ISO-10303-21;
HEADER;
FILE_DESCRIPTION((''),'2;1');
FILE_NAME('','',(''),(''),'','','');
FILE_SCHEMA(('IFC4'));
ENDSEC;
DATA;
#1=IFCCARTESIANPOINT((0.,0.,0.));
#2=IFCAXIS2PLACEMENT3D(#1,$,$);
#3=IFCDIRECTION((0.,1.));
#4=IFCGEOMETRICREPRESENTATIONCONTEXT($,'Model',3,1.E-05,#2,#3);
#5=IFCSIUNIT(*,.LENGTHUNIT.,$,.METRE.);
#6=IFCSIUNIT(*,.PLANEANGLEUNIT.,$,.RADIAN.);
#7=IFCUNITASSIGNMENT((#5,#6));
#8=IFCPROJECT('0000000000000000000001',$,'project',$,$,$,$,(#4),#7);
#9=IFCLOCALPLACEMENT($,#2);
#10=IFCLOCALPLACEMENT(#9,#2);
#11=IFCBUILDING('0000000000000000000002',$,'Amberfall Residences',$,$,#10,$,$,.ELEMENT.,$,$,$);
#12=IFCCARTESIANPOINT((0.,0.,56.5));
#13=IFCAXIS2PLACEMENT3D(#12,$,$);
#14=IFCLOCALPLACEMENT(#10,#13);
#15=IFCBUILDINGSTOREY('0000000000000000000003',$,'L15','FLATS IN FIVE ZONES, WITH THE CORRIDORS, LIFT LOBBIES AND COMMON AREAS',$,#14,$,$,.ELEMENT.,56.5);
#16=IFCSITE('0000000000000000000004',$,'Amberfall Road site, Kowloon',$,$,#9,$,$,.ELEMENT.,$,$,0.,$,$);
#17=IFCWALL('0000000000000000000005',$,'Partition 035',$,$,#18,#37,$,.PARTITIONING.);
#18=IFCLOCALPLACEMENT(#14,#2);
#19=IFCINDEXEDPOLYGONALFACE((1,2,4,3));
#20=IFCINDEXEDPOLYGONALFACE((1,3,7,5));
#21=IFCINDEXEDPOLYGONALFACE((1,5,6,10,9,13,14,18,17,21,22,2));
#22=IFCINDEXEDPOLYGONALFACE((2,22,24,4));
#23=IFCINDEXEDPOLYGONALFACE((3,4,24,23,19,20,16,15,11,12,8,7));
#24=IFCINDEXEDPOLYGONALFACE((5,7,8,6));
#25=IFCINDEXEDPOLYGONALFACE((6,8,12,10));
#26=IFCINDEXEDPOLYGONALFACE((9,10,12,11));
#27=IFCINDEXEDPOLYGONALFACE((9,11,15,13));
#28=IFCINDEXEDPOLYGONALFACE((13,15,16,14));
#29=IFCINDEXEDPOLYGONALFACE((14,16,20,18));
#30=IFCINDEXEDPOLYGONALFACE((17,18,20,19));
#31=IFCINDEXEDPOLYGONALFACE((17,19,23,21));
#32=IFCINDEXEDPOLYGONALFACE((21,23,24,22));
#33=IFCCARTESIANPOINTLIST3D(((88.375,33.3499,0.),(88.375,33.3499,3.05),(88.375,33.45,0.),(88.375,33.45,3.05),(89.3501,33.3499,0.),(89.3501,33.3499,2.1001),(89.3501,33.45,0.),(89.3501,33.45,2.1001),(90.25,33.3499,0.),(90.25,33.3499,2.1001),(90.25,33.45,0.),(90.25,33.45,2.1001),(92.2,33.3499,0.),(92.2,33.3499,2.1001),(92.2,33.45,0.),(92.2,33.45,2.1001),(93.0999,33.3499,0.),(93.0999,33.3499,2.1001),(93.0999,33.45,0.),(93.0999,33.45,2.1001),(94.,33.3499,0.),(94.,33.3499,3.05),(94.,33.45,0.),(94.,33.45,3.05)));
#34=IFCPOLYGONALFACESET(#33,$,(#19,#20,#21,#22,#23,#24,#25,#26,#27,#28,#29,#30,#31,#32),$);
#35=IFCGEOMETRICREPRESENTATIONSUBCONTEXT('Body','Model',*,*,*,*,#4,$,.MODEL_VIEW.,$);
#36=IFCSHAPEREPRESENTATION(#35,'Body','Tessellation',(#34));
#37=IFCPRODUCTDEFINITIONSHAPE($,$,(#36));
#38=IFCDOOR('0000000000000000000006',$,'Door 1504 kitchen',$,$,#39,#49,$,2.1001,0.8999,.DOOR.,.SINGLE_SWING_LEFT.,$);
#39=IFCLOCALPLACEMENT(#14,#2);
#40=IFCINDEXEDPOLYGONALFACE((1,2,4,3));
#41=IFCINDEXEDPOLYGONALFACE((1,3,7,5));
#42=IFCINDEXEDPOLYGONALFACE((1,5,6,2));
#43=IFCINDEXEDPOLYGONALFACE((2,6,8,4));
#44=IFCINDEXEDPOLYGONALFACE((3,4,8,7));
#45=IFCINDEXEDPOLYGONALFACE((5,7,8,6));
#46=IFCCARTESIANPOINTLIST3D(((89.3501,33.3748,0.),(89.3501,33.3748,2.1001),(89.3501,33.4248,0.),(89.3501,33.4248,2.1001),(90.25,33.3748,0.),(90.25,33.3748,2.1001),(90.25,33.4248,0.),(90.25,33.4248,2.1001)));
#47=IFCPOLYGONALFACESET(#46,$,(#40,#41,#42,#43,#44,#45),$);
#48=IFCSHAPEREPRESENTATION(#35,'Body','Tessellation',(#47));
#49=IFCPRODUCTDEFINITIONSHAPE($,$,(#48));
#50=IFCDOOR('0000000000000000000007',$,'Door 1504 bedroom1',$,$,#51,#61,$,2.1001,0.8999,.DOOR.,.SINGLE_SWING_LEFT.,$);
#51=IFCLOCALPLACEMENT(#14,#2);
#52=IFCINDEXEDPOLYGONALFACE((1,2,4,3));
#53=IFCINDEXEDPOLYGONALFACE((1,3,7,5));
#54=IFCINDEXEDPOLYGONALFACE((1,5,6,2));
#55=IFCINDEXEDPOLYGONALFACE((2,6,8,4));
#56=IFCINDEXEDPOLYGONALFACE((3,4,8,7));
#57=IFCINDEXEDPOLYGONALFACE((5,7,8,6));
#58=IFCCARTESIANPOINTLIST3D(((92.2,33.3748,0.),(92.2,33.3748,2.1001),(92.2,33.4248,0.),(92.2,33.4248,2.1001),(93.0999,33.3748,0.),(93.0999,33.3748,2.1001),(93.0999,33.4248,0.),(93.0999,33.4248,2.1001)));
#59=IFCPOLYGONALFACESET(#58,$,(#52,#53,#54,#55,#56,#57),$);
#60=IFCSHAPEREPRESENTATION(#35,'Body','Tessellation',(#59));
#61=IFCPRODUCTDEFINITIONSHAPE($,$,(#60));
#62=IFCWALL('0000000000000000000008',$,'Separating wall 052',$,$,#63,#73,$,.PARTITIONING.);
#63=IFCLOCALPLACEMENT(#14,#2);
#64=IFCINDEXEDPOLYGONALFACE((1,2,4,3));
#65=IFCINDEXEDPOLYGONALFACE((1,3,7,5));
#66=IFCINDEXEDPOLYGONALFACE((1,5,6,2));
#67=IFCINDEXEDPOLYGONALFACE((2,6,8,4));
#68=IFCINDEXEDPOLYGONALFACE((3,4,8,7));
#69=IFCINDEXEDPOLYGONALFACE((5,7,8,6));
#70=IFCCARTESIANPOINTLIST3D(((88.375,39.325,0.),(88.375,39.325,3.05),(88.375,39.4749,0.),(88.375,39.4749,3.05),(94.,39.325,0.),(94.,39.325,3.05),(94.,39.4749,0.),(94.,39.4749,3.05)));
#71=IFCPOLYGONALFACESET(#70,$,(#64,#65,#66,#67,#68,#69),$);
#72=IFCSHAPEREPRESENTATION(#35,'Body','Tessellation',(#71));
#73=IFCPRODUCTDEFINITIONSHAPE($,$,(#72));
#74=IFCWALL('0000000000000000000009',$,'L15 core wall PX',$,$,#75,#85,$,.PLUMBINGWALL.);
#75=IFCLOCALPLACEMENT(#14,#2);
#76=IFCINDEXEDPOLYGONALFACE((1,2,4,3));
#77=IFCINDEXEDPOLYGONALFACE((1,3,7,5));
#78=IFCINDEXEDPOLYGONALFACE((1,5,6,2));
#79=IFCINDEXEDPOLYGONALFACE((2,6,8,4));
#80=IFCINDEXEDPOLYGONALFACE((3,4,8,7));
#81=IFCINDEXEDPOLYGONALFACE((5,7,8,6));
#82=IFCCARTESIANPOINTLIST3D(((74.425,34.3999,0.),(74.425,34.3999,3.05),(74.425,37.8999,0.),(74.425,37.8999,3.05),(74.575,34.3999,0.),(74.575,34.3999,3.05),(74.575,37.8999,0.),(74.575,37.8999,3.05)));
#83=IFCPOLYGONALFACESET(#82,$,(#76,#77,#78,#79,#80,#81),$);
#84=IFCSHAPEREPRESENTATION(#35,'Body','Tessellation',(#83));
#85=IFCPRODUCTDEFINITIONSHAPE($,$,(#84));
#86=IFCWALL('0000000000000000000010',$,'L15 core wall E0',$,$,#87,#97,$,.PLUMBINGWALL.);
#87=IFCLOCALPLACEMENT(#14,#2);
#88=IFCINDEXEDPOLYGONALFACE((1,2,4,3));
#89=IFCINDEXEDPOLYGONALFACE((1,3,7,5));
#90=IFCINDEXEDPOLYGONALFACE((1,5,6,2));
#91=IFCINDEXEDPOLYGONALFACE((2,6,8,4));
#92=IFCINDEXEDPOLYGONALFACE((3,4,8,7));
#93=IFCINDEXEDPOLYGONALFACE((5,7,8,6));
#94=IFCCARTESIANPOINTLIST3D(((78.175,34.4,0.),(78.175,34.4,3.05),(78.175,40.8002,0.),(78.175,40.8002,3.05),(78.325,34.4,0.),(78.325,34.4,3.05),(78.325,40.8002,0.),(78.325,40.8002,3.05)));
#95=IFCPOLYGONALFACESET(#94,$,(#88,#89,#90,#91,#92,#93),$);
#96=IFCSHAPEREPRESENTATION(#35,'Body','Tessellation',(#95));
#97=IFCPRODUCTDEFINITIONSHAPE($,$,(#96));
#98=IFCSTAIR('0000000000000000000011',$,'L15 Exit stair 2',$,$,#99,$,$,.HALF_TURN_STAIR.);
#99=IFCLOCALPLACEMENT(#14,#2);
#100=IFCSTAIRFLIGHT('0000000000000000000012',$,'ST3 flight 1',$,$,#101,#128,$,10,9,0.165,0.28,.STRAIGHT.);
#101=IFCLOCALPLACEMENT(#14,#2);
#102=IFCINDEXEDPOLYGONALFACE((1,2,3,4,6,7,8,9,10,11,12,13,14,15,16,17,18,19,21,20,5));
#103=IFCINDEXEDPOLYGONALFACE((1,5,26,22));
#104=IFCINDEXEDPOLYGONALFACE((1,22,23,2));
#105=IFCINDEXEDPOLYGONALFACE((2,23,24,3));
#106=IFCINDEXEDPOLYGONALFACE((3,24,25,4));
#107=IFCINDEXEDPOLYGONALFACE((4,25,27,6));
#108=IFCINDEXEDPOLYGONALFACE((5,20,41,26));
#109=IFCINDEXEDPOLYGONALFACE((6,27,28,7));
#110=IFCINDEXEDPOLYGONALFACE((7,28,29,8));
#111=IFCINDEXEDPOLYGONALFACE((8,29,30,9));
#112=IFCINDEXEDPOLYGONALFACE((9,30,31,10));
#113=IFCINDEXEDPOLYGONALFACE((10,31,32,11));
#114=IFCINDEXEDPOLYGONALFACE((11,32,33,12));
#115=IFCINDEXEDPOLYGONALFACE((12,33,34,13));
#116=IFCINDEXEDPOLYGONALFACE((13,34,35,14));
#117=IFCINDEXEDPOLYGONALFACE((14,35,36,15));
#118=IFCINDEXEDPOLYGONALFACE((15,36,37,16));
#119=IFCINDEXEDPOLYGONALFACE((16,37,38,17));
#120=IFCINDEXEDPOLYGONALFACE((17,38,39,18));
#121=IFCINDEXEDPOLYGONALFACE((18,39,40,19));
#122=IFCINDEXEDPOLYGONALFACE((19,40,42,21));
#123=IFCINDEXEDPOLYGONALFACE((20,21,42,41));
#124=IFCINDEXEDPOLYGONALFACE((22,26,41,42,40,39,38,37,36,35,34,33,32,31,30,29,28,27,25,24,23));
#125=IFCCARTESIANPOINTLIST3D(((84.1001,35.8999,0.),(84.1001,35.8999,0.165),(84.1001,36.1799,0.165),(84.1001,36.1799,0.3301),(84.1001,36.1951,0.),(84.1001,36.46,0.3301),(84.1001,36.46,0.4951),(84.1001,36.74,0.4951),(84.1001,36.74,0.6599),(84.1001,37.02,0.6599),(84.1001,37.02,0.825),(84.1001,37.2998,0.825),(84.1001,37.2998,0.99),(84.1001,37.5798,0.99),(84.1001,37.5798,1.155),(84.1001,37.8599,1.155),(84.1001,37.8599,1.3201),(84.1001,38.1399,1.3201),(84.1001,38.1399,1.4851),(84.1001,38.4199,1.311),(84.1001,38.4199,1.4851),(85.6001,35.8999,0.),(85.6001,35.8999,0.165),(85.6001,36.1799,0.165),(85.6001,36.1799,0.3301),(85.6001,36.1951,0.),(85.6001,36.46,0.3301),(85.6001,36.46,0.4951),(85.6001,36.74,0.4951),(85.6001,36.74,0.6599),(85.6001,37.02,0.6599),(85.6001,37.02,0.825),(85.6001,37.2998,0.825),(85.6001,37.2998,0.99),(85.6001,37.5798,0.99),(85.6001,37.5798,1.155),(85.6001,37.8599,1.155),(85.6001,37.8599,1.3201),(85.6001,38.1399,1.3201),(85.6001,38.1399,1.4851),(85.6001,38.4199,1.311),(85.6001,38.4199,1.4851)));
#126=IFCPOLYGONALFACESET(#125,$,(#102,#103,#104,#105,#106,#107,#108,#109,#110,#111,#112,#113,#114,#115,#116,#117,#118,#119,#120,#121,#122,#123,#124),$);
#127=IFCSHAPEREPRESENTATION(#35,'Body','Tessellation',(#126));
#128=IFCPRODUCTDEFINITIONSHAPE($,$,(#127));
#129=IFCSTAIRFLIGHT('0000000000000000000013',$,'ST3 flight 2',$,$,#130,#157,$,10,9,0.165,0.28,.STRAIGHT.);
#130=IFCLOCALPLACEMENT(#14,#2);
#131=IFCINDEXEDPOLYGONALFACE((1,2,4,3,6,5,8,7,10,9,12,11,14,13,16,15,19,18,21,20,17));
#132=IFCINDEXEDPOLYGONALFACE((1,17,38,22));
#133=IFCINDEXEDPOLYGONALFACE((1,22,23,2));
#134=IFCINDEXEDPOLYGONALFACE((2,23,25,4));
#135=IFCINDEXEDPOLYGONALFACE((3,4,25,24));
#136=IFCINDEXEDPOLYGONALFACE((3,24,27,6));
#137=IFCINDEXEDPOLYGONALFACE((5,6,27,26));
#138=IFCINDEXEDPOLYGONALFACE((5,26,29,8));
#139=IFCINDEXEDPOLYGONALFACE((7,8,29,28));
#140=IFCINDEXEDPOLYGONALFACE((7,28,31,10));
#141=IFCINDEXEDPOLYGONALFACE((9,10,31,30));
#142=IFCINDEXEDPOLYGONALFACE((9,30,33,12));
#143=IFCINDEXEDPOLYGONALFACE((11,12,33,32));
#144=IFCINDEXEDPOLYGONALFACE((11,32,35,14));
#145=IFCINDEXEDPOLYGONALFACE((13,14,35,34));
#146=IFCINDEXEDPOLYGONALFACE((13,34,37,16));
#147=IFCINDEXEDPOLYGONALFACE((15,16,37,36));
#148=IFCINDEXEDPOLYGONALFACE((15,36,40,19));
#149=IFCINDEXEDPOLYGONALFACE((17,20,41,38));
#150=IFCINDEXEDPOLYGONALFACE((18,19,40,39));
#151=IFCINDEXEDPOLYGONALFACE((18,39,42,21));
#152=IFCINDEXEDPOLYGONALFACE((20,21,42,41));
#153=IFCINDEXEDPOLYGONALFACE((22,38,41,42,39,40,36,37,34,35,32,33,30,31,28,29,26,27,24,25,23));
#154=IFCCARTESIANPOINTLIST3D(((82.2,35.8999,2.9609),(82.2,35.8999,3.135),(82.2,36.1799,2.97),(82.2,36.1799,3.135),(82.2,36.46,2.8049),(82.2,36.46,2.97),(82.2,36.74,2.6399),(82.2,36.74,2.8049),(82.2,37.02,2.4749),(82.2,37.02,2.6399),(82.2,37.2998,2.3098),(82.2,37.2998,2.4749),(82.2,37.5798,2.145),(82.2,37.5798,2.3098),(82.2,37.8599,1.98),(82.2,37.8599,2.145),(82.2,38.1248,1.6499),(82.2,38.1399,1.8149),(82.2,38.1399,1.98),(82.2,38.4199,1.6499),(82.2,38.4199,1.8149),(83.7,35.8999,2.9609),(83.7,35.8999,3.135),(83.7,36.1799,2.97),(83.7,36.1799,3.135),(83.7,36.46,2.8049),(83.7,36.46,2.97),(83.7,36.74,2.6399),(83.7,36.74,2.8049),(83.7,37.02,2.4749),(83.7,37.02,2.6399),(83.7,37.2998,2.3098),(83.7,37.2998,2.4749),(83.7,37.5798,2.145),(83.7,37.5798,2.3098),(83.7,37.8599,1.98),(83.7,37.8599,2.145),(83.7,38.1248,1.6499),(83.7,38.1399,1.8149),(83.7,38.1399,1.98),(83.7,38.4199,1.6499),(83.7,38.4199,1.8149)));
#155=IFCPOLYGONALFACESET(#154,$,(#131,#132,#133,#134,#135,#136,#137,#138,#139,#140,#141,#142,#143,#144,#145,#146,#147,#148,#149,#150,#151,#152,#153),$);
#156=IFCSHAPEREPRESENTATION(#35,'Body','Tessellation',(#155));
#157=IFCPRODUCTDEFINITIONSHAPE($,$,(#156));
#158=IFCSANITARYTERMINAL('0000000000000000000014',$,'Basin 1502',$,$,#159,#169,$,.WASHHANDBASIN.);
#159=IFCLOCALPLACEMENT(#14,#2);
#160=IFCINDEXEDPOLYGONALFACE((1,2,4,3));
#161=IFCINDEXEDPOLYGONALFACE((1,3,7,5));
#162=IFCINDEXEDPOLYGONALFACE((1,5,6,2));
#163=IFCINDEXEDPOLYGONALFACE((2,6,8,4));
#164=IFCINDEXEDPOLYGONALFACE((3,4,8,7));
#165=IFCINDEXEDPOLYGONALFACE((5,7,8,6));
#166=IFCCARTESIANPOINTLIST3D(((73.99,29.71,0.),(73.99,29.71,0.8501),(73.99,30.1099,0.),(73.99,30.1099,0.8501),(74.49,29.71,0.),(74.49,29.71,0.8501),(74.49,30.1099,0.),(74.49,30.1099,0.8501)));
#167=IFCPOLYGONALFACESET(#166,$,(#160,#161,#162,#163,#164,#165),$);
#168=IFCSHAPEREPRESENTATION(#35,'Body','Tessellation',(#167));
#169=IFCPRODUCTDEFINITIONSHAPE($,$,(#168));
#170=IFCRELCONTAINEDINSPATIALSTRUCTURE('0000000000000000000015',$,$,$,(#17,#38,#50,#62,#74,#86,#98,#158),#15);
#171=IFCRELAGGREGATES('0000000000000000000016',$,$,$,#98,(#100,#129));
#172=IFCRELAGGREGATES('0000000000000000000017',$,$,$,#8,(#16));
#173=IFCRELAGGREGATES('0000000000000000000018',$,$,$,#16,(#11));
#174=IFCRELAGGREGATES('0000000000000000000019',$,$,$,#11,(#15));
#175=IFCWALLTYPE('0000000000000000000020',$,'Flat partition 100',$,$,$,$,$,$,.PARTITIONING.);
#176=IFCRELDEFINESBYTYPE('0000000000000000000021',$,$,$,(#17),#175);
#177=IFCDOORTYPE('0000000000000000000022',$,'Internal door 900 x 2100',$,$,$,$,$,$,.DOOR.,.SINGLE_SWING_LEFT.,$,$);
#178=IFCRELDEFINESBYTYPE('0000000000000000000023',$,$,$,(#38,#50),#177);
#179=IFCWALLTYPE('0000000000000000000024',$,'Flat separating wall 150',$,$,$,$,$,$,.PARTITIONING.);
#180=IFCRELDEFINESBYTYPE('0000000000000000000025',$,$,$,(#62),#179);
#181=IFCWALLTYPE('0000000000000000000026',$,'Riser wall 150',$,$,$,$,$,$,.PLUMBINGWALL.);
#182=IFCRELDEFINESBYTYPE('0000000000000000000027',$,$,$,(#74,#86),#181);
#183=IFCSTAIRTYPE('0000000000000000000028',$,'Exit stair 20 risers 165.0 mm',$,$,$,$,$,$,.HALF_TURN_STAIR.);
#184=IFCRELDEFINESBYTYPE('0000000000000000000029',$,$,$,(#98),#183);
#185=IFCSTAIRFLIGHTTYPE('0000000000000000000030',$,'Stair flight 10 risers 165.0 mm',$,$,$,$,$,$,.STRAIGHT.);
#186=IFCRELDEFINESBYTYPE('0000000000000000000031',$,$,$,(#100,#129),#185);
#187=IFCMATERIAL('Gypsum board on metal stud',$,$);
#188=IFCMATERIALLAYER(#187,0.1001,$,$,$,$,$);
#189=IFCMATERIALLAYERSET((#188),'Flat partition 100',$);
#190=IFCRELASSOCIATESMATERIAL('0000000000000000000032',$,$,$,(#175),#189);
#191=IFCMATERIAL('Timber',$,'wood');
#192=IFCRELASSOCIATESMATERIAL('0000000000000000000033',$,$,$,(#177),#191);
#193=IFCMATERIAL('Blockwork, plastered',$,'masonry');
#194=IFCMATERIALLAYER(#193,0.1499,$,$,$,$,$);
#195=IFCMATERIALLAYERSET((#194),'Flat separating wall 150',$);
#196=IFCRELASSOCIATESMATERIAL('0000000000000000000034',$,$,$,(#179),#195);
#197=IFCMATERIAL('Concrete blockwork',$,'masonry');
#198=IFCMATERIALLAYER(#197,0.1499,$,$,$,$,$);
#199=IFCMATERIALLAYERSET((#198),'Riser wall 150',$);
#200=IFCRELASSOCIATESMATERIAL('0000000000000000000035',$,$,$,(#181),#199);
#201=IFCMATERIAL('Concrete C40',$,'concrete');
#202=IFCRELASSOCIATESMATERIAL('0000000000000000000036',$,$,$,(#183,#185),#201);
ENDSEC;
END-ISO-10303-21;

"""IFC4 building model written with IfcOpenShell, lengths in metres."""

from ifc_helpers import new_model, si_unit, direction, frame, frame_2d, origin, origin_2d, place, context, subcontext, project, spatial, polyline, rectangle, outline, extrude, material, layer, layer_set, type_object, element, fill, aggregate, save


model = new_model("IFC4")

# Units and contexts
model_context = context("Model", 3, precision=1e-05, world=origin(), true_north=direction((0.0, 1.0)))
body_context = subcontext(model_context, "Body", "Model", "MODEL_VIEW")
ifc_project = project(units=[si_unit("LENGTHUNIT", "METRE"), si_unit("PLANEANGLEUNIT", "RADIAN")], contexts=[model_context])

# Site, building, storey
site_placement = place(None, origin())
site = spatial("IfcSite", under=ifc_project, at=site_placement, Name="Amberfall Road site, Kowloon", CompositionType="ELEMENT", RefElevation=0.0)
building_placement = place(site_placement, origin())
building = spatial("IfcBuilding", under=site, at=building_placement, Name="Amberfall Residences", CompositionType="ELEMENT")
storey_placement = place(building_placement, frame((0.0, 0.0, 56.5)))
storey = spatial("IfcBuildingStorey", under=building, at=storey_placement, Name="L15", Description="FLATS IN FIVE ZONES, WITH THE CORRIDORS, LIFT LOBBIES AND COMMON AREAS", CompositionType="ELEMENT", Elevation=56.5)

# Shared definitions
ifc_material_1 = material(Name="Gypsum board on metal stud")
ifc_layer_1 = layer(ifc_material_1, 0.1001)
ifc_layer_set_1 = layer_set([ifc_layer_1], Name="Flat partition 100")
wall_type_1 = type_object("IfcWallType", Name="Flat partition 100", PredefinedType="PARTITIONING", material=ifc_layer_set_1)
ifc_material_2 = material(Name="Timber", Category="wood")
door_type_1 = type_object("IfcDoorType", Name="Internal door 900 x 2100", OperationType="SINGLE_SWING_LEFT", PredefinedType="DOOR", material=ifc_material_2)

# Wall, openings, doors
wall_1_placement = place(storey_placement, frame((88.375, 33.3999, 0.0), z_axis=(0.0, 0.0, 1.0), x_axis=(1.0, 0.0, 0.0)))
wall_1 = element("IfcWall", 1, at=wall_1_placement, inside=storey, type_object=wall_type_1, Name="Partition 035", PredefinedType="PARTITIONING", context=body_context, shape_type="SweptSolid", body=[
    extrude(rectangle(XDim=5.625, YDim=0.1001, at=frame_2d((2.8125, 0.0))), origin(), (0.0, 0.0, 1.0), 3.05),
])
opening_1_placement = place(wall_1_placement, frame((0.9751, 0.0, 0.0)))
opening_1 = element("IfcOpeningElement", 2, at=opening_1_placement, cuts=wall_1, PredefinedType="OPENING", context=body_context, shape_type="SweptSolid", body=[
    extrude(rectangle(XDim=0.8999, YDim=2.1001, at=frame_2d((0.45, 1.05))), frame((0.0, 0.0601, 0.0), z_axis=(0.0, -1.0, 0.0), x_axis=(1.0, 0.0, 0.0)), (0.0, 0.0, 1.0), 0.1201),
])
opening_2_placement = place(wall_1_placement, frame((3.825, 0.0, 0.0)))
opening_2 = element("IfcOpeningElement", 3, at=opening_2_placement, cuts=wall_1, PredefinedType="OPENING", context=body_context, shape_type="SweptSolid", body=[
    extrude(rectangle(XDim=0.8999, YDim=2.1001, at=frame_2d((0.45, 1.05))), frame((0.0, 0.0601, 0.0), z_axis=(0.0, -1.0, 0.0), x_axis=(1.0, 0.0, 0.0)), (0.0, 0.0, 1.0), 0.1201),
])
door_1_placement = place(opening_1_placement, origin())
door_1 = element("IfcDoor", 4, at=door_1_placement, inside=storey, type_object=door_type_1, Name="Door 1504 kitchen", OperationType="SINGLE_SWING_LEFT", OverallHeight=2.1001, OverallWidth=0.8999, PredefinedType="DOOR", context=body_context, shape_type="SweptSolid", body=[
    extrude(rectangle(XDim=0.8999, YDim=2.1001, at=frame_2d((0.45, 1.05))), frame((0.0, 0.0249, 0.0), z_axis=(0.0, -1.0, 0.0), x_axis=(1.0, 0.0, 0.0)), (0.0, 0.0, 1.0), 0.05),
])
fill(opening_1, door_1)
door_2_placement = place(opening_2_placement, origin())
door_2 = element("IfcDoor", 5, at=door_2_placement, inside=storey, type_object=door_type_1, Name="Door 1504 bedroom1", OperationType="SINGLE_SWING_LEFT", OverallHeight=2.1001, OverallWidth=0.8999, PredefinedType="DOOR", context=body_context, shape_type="SweptSolid", body=[
    extrude(rectangle(XDim=0.8999, YDim=2.1001, at=frame_2d((0.45, 1.05))), frame((0.0, 0.0249, 0.0), z_axis=(0.0, -1.0, 0.0), x_axis=(1.0, 0.0, 0.0)), (0.0, 0.0, 1.0), 0.05),
])
fill(opening_2, door_2)

# Walls
ifc_material_3 = material(Name="Blockwork, plastered", Category="masonry")
ifc_layer_2 = layer(ifc_material_3, 0.1499)
ifc_layer_set_2 = layer_set([ifc_layer_2], Name="Flat separating wall 150")
wall_type_2 = type_object("IfcWallType", Name="Flat separating wall 150", PredefinedType="PARTITIONING", material=ifc_layer_set_2)
wall_2_placement = place(storey_placement, frame((88.375, 39.3999, 0.0), z_axis=(0.0, 0.0, 1.0), x_axis=(1.0, 0.0, 0.0)))
element("IfcWall", 6, at=wall_2_placement, inside=storey, type_object=wall_type_2, Name="Separating wall 052", PredefinedType="PARTITIONING", context=body_context, shape_type="SweptSolid", body=[
    extrude(rectangle(XDim=5.625, YDim=0.1499, at=frame_2d((2.8125, 0.0))), origin(), (0.0, 0.0, 1.0), 3.05),
])
ifc_material_4 = material(Name="Concrete blockwork", Category="masonry")
ifc_layer_3 = layer(ifc_material_4, 0.1499)
ifc_layer_set_3 = layer_set([ifc_layer_3], Name="Riser wall 150")
wall_type_3 = type_object("IfcWallType", Name="Riser wall 150", PredefinedType="PLUMBINGWALL", material=ifc_layer_set_3)
wall_3_placement = place(storey_placement, frame((74.5, 34.3999, 0.0), z_axis=(0.0, 0.0, 1.0), x_axis=(0.0, 1.0, 0.0)))
element("IfcWall", 7, at=wall_3_placement, inside=storey, type_object=wall_type_3, Name="L15 core wall PX", PredefinedType="PLUMBINGWALL", context=body_context, shape_type="SweptSolid", body=[
    extrude(rectangle(XDim=3.5, YDim=0.1499, at=frame_2d((1.75, 0.0))), origin(), (0.0, 0.0, 1.0), 3.05),
])
wall_4_placement = place(storey_placement, frame((78.25, 34.3999, 0.0), z_axis=(0.0, 0.0, 1.0), x_axis=(0.0, 1.0, 0.0)))
element("IfcWall", 8, at=wall_4_placement, inside=storey, type_object=wall_type_3, Name="L15 core wall E0", PredefinedType="PLUMBINGWALL", context=body_context, shape_type="SweptSolid", body=[
    extrude(rectangle(XDim=6.4001, YDim=0.1499, at=frame_2d((3.2002, 0.0))), origin(), (0.0, 0.0, 1.0), 3.05),
])

# Stair, stair flights
ifc_material_5 = material(Name="Concrete C40", Category="concrete")
stair_type = type_object("IfcStairType", Name="Exit stair 20 risers 165.0 mm", PredefinedType="HALF_TURN_STAIR", material=ifc_material_5)
stair_placement = place(storey_placement, origin())
stair = element("IfcStair", 9, at=stair_placement, inside=storey, type_object=stair_type, Name="L15 Exit stair 2", PredefinedType="HALF_TURN_STAIR")
stair_flight_type = type_object("IfcStairFlightType", Name="Stair flight 10 risers 165.0 mm", PredefinedType="STRAIGHT", material=ifc_material_5)
stair_flight_1_placement = place(storey_placement, frame((84.8501, 35.8999, 0.0), z_axis=(0.0, 0.0, 1.0), x_axis=(0.0, 1.0, 0.0)))
stair_flight_1 = element("IfcStairFlight", 10, at=stair_flight_1_placement, type_object=stair_flight_type, Name="ST3 flight 1", NumberOfRisers=10, NumberOfTreads=9, PredefinedType="STRAIGHT", RiserHeight=0.165, TreadLength=0.28, context=body_context, shape_type="SweptSolid", body=[
    extrude(outline(polyline([(0.0, 0.0), (0.0, 0.165), (0.28, 0.165), (0.28, 0.3301), (0.5601, 0.3301), (0.5601, 0.4951), (0.8401, 0.4951), (0.8401, 0.6599), (1.1201, 0.6599), (1.1201, 0.825), (1.3999, 0.825), (1.3999, 0.99), (1.6799, 0.99), (1.6799, 1.155), (1.96, 1.155), (1.96, 1.3201), (2.24, 1.3201), (2.24, 1.4851), (2.52, 1.4851), (2.52, 1.6499), (2.52, 1.311), (0.2952, 0.0), (0.0, 0.0)])), frame((0.0, 0.75, 0.0), z_axis=(0.0, -1.0, 0.0), x_axis=(1.0, 0.0, 0.0)), (0.0, 0.0, 1.0), 1.5),
])
stair_flight_2_placement = place(storey_placement, frame((82.95, 38.4199, 1.6499), z_axis=(0.0, 0.0, 1.0), x_axis=(0.0, -1.0, 0.0)))
stair_flight_2 = element("IfcStairFlight", 11, at=stair_flight_2_placement, type_object=stair_flight_type, Name="ST3 flight 2", NumberOfRisers=10, NumberOfTreads=9, PredefinedType="STRAIGHT", RiserHeight=0.165, TreadLength=0.28, context=body_context, shape_type="SweptSolid", body=[
    extrude(outline(polyline([(0.0, 0.0), (0.0, 0.165), (0.28, 0.165), (0.28, 0.3301), (0.5601, 0.3301), (0.5601, 0.4951), (0.8401, 0.4951), (0.8401, 0.6599), (1.1201, 0.6599), (1.1201, 0.825), (1.3999, 0.825), (1.3999, 0.99), (1.6799, 0.99), (1.6799, 1.155), (1.96, 1.155), (1.96, 1.3201), (2.24, 1.3201), (2.24, 1.4851), (2.52, 1.4851), (2.52, 1.6499), (2.52, 1.311), (0.2952, 0.0), (0.0, 0.0)])), frame((0.0, 0.75, 0.0), z_axis=(0.0, -1.0, 0.0), x_axis=(1.0, 0.0, 0.0)), (0.0, 0.0, 1.0), 1.5),
])
aggregate(stair, [stair_flight_1, stair_flight_2])

# Sanitary terminal
sanitary_terminal_1_placement = place(storey_placement, frame((74.24, 29.9099, 0.0), z_axis=(0.0, 0.0, 1.0), x_axis=(1.0, 0.0, 0.0)))
element("IfcSanitaryTerminal", 12, at=sanitary_terminal_1_placement, inside=storey, Name="Basin 1502", PredefinedType="WASHHANDBASIN", context=body_context, shape_type="SweptSolid", body=[
    extrude(rectangle(XDim=0.5, YDim=0.3999, at=origin_2d()), origin(), (0.0, 0.0, 1.0), 0.8501),
])

save(model, "model.ifc")
